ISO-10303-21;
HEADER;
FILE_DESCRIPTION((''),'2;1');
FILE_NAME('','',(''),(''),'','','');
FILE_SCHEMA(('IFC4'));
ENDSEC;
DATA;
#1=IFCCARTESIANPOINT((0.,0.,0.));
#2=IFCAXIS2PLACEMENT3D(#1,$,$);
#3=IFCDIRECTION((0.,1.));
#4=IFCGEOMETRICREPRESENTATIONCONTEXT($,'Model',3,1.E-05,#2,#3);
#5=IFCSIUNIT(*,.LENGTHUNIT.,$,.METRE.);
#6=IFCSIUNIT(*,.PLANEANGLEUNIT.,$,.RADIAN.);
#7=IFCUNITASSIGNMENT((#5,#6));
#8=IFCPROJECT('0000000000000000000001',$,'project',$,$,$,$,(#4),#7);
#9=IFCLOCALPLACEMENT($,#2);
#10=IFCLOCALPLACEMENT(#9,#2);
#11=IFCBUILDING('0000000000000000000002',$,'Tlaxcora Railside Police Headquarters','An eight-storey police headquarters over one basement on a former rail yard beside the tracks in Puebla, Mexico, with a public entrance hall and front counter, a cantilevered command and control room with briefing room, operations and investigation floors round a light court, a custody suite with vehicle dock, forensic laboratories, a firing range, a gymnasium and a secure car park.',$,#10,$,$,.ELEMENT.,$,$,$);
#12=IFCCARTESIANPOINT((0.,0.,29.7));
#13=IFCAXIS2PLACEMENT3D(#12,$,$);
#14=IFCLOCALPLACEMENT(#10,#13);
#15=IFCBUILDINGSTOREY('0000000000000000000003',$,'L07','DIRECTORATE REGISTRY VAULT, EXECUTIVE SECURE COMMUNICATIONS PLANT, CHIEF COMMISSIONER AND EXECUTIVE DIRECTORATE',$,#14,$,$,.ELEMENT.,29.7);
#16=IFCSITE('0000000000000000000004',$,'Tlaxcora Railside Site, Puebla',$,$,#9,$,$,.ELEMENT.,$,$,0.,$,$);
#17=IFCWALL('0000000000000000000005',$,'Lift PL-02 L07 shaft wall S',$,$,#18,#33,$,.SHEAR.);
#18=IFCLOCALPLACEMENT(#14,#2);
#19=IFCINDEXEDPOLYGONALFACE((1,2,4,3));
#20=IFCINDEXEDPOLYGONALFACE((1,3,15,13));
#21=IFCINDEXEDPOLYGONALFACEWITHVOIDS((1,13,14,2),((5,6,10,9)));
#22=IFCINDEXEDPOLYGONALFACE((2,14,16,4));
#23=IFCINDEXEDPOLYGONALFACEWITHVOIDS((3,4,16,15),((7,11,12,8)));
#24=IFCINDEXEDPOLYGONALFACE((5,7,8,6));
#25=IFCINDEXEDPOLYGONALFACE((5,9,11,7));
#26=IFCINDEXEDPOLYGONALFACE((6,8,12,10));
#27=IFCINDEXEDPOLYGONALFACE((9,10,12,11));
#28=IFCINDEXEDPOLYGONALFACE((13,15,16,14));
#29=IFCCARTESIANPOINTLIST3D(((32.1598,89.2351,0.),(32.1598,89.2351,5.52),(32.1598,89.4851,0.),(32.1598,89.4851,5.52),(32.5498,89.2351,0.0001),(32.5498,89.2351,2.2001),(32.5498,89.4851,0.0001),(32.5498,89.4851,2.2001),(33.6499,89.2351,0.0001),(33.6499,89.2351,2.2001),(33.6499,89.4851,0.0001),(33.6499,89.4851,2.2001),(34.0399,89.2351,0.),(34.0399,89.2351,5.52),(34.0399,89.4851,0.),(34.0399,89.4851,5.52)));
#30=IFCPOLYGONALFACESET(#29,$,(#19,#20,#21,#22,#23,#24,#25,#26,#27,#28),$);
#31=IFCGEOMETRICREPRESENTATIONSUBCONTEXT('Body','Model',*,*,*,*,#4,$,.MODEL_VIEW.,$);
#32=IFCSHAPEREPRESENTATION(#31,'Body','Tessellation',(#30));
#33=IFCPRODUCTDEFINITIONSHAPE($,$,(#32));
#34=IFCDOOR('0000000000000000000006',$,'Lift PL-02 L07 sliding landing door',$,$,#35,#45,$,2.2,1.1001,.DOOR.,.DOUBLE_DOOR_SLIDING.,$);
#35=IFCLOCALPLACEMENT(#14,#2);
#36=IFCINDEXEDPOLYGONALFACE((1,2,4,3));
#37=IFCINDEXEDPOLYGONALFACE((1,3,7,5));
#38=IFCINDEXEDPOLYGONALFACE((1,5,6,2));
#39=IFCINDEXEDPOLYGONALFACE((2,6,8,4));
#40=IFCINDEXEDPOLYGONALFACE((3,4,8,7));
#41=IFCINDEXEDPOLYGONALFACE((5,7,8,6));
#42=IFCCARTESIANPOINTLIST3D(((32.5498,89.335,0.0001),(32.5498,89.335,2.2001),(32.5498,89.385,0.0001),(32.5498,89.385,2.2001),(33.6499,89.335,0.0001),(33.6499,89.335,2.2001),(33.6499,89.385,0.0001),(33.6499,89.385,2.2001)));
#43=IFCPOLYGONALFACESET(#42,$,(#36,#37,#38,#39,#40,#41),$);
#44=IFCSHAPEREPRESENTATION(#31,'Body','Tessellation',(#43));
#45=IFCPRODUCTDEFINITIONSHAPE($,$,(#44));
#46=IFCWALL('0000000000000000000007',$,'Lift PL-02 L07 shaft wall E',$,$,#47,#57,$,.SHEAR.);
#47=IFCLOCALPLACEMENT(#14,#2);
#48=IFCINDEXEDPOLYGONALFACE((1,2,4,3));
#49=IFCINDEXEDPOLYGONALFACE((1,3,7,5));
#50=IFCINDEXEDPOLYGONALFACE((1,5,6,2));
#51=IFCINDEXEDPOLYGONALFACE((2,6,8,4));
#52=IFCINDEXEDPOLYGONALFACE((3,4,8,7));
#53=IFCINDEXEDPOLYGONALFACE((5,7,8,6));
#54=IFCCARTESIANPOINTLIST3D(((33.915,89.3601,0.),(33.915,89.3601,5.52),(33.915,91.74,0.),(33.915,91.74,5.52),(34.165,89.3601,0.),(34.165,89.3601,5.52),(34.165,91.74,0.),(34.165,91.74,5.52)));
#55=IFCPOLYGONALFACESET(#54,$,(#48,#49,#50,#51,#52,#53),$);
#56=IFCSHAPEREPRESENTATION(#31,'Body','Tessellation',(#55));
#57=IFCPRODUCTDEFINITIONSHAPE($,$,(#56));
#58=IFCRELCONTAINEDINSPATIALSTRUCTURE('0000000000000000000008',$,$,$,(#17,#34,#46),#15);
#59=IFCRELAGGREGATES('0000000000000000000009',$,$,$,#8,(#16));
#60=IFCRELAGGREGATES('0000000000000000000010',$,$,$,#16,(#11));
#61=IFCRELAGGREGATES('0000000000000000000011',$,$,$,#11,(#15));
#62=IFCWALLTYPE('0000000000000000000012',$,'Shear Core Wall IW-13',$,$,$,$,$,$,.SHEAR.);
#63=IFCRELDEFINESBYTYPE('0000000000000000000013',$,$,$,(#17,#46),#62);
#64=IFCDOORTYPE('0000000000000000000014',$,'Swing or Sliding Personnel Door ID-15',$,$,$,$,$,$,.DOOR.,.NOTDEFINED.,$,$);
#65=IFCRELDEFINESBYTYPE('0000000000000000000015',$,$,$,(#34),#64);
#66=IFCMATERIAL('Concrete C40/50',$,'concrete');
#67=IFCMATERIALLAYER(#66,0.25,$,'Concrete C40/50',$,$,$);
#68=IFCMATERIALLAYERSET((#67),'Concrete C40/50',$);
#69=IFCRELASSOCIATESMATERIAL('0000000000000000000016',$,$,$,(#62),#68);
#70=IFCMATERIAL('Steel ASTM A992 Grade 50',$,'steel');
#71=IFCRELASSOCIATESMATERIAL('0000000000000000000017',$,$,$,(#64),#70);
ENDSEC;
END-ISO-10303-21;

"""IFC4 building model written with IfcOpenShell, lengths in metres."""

from ifc_helpers import new_model, si_unit, direction, frame, frame_2d, origin, place, context, subcontext, project, spatial, rectangle, extrude, material, layer, layer_set, type_object, element, fill, save


model = new_model("IFC4")

# Units and contexts
model_context = context("Model", 3, precision=1e-05, world=origin(), true_north=direction((0.0, 1.0)))
body_context = subcontext(model_context, "Body", "Model", "MODEL_VIEW")
ifc_project = project(units=[si_unit("LENGTHUNIT", "METRE"), si_unit("PLANEANGLEUNIT", "RADIAN")], contexts=[model_context])

# Site, building, storey
site_placement = place(None, origin())
site = spatial("IfcSite", under=ifc_project, at=site_placement, Name="Tlaxcora Railside Site, Puebla", CompositionType="ELEMENT", RefElevation=0.0)
building_placement = place(site_placement, origin())
building = spatial("IfcBuilding", under=site, at=building_placement, Name="Tlaxcora Railside Police Headquarters", Description="An eight-storey police headquarters over one basement on a former rail yard beside the tracks in Puebla, Mexico, with a public entrance hall and front counter, a cantilevered command and control room with briefing room, operations and investigation floors round a light court, a custody suite with vehicle dock, forensic laboratories, a firing range, a gymnasium and a secure car park.", CompositionType="ELEMENT")
storey_placement = place(building_placement, frame((0.0, 0.0, 29.7)))
storey = spatial("IfcBuildingStorey", under=building, at=storey_placement, Name="L07", Description="DIRECTORATE REGISTRY VAULT, EXECUTIVE SECURE COMMUNICATIONS PLANT, CHIEF COMMISSIONER AND EXECUTIVE DIRECTORATE", CompositionType="ELEMENT", Elevation=29.7)

# Shared definitions
ifc_material_1 = material(Name="Concrete C40/50", Category="concrete")

# Shared definitions
ifc_material_2 = material(Name="Steel ASTM A992 Grade 50", Category="steel")

# Shared definitions
ifc_layer_1 = layer(ifc_material_1, 0.25, Name="Concrete C40/50")
ifc_layer_set_1 = layer_set([ifc_layer_1], Name="Concrete C40/50")
wall_type_1 = type_object("IfcWallType", Name="Shear Core Wall IW-13", PredefinedType="SHEAR", material=ifc_layer_set_1)
door_type_1 = type_object("IfcDoorType", Name="Swing or Sliding Personnel Door ID-15", OperationType="NOTDEFINED", PredefinedType="DOOR", material=ifc_material_2)

# Wall, opening, door
wall_1_placement = place(storey_placement, frame((32.1599, 89.3601, 0.0), z_axis=(0.0, 0.0, 1.0), x_axis=(1.0, 0.0, 0.0)))
wall_1 = element("IfcWall", 1, at=wall_1_placement, inside=storey, type_object=wall_type_1, Name="Lift PL-02 L07 shaft wall S", PredefinedType="SHEAR", context=body_context, shape_type="SweptSolid", body=[
    extrude(rectangle(XDim=1.8801, YDim=0.25, at=frame_2d((0.9399, 0.0))), origin(), (0.0, 0.0, 1.0), 5.52),
])
opening_1_placement = place(wall_1_placement, frame((0.3899, 0.0, 0.0)))
opening_1 = element("IfcOpeningElement", 2, at=opening_1_placement, cuts=wall_1, PredefinedType="OPENING", context=body_context, shape_type="SweptSolid", body=[
    extrude(rectangle(XDim=1.1001, YDim=2.2, at=frame_2d((0.55, 1.1001))), frame((0.0, 0.135, 0.0), z_axis=(0.0, -1.0, 0.0), x_axis=(1.0, 0.0, 0.0)), (0.0, 0.0, 1.0), 0.27),
])
door_1_placement = place(opening_1_placement, origin())
door_1 = element("IfcDoor", 3, at=door_1_placement, inside=storey, type_object=door_type_1, Name="Lift PL-02 L07 sliding landing door", OperationType="DOUBLE_DOOR_SLIDING", OverallHeight=2.2, OverallWidth=1.1001, PredefinedType="DOOR", context=body_context, shape_type="SweptSolid", body=[
    extrude(rectangle(XDim=1.1001, YDim=2.2, at=frame_2d((0.55, 1.1001))), frame((0.0, 0.0249, 0.0), z_axis=(0.0, -1.0, 0.0), x_axis=(1.0, 0.0, 0.0)), (0.0, 0.0, 1.0), 0.05),
])
fill(opening_1, door_1)

# Wall
wall_2_placement = place(storey_placement, frame((34.04, 89.3601, 0.0), z_axis=(0.0, 0.0, 1.0), x_axis=(0.0, 1.0, 0.0)))
element("IfcWall", 4, at=wall_2_placement, inside=storey, type_object=wall_type_1, Name="Lift PL-02 L07 shaft wall E", PredefinedType="SHEAR", context=body_context, shape_type="SweptSolid", body=[
    extrude(rectangle(XDim=2.3799, YDim=0.25, at=frame_2d((1.1899, 0.0))), origin(), (0.0, 0.0, 1.0), 5.52),
])

save(model, "model.ifc")
